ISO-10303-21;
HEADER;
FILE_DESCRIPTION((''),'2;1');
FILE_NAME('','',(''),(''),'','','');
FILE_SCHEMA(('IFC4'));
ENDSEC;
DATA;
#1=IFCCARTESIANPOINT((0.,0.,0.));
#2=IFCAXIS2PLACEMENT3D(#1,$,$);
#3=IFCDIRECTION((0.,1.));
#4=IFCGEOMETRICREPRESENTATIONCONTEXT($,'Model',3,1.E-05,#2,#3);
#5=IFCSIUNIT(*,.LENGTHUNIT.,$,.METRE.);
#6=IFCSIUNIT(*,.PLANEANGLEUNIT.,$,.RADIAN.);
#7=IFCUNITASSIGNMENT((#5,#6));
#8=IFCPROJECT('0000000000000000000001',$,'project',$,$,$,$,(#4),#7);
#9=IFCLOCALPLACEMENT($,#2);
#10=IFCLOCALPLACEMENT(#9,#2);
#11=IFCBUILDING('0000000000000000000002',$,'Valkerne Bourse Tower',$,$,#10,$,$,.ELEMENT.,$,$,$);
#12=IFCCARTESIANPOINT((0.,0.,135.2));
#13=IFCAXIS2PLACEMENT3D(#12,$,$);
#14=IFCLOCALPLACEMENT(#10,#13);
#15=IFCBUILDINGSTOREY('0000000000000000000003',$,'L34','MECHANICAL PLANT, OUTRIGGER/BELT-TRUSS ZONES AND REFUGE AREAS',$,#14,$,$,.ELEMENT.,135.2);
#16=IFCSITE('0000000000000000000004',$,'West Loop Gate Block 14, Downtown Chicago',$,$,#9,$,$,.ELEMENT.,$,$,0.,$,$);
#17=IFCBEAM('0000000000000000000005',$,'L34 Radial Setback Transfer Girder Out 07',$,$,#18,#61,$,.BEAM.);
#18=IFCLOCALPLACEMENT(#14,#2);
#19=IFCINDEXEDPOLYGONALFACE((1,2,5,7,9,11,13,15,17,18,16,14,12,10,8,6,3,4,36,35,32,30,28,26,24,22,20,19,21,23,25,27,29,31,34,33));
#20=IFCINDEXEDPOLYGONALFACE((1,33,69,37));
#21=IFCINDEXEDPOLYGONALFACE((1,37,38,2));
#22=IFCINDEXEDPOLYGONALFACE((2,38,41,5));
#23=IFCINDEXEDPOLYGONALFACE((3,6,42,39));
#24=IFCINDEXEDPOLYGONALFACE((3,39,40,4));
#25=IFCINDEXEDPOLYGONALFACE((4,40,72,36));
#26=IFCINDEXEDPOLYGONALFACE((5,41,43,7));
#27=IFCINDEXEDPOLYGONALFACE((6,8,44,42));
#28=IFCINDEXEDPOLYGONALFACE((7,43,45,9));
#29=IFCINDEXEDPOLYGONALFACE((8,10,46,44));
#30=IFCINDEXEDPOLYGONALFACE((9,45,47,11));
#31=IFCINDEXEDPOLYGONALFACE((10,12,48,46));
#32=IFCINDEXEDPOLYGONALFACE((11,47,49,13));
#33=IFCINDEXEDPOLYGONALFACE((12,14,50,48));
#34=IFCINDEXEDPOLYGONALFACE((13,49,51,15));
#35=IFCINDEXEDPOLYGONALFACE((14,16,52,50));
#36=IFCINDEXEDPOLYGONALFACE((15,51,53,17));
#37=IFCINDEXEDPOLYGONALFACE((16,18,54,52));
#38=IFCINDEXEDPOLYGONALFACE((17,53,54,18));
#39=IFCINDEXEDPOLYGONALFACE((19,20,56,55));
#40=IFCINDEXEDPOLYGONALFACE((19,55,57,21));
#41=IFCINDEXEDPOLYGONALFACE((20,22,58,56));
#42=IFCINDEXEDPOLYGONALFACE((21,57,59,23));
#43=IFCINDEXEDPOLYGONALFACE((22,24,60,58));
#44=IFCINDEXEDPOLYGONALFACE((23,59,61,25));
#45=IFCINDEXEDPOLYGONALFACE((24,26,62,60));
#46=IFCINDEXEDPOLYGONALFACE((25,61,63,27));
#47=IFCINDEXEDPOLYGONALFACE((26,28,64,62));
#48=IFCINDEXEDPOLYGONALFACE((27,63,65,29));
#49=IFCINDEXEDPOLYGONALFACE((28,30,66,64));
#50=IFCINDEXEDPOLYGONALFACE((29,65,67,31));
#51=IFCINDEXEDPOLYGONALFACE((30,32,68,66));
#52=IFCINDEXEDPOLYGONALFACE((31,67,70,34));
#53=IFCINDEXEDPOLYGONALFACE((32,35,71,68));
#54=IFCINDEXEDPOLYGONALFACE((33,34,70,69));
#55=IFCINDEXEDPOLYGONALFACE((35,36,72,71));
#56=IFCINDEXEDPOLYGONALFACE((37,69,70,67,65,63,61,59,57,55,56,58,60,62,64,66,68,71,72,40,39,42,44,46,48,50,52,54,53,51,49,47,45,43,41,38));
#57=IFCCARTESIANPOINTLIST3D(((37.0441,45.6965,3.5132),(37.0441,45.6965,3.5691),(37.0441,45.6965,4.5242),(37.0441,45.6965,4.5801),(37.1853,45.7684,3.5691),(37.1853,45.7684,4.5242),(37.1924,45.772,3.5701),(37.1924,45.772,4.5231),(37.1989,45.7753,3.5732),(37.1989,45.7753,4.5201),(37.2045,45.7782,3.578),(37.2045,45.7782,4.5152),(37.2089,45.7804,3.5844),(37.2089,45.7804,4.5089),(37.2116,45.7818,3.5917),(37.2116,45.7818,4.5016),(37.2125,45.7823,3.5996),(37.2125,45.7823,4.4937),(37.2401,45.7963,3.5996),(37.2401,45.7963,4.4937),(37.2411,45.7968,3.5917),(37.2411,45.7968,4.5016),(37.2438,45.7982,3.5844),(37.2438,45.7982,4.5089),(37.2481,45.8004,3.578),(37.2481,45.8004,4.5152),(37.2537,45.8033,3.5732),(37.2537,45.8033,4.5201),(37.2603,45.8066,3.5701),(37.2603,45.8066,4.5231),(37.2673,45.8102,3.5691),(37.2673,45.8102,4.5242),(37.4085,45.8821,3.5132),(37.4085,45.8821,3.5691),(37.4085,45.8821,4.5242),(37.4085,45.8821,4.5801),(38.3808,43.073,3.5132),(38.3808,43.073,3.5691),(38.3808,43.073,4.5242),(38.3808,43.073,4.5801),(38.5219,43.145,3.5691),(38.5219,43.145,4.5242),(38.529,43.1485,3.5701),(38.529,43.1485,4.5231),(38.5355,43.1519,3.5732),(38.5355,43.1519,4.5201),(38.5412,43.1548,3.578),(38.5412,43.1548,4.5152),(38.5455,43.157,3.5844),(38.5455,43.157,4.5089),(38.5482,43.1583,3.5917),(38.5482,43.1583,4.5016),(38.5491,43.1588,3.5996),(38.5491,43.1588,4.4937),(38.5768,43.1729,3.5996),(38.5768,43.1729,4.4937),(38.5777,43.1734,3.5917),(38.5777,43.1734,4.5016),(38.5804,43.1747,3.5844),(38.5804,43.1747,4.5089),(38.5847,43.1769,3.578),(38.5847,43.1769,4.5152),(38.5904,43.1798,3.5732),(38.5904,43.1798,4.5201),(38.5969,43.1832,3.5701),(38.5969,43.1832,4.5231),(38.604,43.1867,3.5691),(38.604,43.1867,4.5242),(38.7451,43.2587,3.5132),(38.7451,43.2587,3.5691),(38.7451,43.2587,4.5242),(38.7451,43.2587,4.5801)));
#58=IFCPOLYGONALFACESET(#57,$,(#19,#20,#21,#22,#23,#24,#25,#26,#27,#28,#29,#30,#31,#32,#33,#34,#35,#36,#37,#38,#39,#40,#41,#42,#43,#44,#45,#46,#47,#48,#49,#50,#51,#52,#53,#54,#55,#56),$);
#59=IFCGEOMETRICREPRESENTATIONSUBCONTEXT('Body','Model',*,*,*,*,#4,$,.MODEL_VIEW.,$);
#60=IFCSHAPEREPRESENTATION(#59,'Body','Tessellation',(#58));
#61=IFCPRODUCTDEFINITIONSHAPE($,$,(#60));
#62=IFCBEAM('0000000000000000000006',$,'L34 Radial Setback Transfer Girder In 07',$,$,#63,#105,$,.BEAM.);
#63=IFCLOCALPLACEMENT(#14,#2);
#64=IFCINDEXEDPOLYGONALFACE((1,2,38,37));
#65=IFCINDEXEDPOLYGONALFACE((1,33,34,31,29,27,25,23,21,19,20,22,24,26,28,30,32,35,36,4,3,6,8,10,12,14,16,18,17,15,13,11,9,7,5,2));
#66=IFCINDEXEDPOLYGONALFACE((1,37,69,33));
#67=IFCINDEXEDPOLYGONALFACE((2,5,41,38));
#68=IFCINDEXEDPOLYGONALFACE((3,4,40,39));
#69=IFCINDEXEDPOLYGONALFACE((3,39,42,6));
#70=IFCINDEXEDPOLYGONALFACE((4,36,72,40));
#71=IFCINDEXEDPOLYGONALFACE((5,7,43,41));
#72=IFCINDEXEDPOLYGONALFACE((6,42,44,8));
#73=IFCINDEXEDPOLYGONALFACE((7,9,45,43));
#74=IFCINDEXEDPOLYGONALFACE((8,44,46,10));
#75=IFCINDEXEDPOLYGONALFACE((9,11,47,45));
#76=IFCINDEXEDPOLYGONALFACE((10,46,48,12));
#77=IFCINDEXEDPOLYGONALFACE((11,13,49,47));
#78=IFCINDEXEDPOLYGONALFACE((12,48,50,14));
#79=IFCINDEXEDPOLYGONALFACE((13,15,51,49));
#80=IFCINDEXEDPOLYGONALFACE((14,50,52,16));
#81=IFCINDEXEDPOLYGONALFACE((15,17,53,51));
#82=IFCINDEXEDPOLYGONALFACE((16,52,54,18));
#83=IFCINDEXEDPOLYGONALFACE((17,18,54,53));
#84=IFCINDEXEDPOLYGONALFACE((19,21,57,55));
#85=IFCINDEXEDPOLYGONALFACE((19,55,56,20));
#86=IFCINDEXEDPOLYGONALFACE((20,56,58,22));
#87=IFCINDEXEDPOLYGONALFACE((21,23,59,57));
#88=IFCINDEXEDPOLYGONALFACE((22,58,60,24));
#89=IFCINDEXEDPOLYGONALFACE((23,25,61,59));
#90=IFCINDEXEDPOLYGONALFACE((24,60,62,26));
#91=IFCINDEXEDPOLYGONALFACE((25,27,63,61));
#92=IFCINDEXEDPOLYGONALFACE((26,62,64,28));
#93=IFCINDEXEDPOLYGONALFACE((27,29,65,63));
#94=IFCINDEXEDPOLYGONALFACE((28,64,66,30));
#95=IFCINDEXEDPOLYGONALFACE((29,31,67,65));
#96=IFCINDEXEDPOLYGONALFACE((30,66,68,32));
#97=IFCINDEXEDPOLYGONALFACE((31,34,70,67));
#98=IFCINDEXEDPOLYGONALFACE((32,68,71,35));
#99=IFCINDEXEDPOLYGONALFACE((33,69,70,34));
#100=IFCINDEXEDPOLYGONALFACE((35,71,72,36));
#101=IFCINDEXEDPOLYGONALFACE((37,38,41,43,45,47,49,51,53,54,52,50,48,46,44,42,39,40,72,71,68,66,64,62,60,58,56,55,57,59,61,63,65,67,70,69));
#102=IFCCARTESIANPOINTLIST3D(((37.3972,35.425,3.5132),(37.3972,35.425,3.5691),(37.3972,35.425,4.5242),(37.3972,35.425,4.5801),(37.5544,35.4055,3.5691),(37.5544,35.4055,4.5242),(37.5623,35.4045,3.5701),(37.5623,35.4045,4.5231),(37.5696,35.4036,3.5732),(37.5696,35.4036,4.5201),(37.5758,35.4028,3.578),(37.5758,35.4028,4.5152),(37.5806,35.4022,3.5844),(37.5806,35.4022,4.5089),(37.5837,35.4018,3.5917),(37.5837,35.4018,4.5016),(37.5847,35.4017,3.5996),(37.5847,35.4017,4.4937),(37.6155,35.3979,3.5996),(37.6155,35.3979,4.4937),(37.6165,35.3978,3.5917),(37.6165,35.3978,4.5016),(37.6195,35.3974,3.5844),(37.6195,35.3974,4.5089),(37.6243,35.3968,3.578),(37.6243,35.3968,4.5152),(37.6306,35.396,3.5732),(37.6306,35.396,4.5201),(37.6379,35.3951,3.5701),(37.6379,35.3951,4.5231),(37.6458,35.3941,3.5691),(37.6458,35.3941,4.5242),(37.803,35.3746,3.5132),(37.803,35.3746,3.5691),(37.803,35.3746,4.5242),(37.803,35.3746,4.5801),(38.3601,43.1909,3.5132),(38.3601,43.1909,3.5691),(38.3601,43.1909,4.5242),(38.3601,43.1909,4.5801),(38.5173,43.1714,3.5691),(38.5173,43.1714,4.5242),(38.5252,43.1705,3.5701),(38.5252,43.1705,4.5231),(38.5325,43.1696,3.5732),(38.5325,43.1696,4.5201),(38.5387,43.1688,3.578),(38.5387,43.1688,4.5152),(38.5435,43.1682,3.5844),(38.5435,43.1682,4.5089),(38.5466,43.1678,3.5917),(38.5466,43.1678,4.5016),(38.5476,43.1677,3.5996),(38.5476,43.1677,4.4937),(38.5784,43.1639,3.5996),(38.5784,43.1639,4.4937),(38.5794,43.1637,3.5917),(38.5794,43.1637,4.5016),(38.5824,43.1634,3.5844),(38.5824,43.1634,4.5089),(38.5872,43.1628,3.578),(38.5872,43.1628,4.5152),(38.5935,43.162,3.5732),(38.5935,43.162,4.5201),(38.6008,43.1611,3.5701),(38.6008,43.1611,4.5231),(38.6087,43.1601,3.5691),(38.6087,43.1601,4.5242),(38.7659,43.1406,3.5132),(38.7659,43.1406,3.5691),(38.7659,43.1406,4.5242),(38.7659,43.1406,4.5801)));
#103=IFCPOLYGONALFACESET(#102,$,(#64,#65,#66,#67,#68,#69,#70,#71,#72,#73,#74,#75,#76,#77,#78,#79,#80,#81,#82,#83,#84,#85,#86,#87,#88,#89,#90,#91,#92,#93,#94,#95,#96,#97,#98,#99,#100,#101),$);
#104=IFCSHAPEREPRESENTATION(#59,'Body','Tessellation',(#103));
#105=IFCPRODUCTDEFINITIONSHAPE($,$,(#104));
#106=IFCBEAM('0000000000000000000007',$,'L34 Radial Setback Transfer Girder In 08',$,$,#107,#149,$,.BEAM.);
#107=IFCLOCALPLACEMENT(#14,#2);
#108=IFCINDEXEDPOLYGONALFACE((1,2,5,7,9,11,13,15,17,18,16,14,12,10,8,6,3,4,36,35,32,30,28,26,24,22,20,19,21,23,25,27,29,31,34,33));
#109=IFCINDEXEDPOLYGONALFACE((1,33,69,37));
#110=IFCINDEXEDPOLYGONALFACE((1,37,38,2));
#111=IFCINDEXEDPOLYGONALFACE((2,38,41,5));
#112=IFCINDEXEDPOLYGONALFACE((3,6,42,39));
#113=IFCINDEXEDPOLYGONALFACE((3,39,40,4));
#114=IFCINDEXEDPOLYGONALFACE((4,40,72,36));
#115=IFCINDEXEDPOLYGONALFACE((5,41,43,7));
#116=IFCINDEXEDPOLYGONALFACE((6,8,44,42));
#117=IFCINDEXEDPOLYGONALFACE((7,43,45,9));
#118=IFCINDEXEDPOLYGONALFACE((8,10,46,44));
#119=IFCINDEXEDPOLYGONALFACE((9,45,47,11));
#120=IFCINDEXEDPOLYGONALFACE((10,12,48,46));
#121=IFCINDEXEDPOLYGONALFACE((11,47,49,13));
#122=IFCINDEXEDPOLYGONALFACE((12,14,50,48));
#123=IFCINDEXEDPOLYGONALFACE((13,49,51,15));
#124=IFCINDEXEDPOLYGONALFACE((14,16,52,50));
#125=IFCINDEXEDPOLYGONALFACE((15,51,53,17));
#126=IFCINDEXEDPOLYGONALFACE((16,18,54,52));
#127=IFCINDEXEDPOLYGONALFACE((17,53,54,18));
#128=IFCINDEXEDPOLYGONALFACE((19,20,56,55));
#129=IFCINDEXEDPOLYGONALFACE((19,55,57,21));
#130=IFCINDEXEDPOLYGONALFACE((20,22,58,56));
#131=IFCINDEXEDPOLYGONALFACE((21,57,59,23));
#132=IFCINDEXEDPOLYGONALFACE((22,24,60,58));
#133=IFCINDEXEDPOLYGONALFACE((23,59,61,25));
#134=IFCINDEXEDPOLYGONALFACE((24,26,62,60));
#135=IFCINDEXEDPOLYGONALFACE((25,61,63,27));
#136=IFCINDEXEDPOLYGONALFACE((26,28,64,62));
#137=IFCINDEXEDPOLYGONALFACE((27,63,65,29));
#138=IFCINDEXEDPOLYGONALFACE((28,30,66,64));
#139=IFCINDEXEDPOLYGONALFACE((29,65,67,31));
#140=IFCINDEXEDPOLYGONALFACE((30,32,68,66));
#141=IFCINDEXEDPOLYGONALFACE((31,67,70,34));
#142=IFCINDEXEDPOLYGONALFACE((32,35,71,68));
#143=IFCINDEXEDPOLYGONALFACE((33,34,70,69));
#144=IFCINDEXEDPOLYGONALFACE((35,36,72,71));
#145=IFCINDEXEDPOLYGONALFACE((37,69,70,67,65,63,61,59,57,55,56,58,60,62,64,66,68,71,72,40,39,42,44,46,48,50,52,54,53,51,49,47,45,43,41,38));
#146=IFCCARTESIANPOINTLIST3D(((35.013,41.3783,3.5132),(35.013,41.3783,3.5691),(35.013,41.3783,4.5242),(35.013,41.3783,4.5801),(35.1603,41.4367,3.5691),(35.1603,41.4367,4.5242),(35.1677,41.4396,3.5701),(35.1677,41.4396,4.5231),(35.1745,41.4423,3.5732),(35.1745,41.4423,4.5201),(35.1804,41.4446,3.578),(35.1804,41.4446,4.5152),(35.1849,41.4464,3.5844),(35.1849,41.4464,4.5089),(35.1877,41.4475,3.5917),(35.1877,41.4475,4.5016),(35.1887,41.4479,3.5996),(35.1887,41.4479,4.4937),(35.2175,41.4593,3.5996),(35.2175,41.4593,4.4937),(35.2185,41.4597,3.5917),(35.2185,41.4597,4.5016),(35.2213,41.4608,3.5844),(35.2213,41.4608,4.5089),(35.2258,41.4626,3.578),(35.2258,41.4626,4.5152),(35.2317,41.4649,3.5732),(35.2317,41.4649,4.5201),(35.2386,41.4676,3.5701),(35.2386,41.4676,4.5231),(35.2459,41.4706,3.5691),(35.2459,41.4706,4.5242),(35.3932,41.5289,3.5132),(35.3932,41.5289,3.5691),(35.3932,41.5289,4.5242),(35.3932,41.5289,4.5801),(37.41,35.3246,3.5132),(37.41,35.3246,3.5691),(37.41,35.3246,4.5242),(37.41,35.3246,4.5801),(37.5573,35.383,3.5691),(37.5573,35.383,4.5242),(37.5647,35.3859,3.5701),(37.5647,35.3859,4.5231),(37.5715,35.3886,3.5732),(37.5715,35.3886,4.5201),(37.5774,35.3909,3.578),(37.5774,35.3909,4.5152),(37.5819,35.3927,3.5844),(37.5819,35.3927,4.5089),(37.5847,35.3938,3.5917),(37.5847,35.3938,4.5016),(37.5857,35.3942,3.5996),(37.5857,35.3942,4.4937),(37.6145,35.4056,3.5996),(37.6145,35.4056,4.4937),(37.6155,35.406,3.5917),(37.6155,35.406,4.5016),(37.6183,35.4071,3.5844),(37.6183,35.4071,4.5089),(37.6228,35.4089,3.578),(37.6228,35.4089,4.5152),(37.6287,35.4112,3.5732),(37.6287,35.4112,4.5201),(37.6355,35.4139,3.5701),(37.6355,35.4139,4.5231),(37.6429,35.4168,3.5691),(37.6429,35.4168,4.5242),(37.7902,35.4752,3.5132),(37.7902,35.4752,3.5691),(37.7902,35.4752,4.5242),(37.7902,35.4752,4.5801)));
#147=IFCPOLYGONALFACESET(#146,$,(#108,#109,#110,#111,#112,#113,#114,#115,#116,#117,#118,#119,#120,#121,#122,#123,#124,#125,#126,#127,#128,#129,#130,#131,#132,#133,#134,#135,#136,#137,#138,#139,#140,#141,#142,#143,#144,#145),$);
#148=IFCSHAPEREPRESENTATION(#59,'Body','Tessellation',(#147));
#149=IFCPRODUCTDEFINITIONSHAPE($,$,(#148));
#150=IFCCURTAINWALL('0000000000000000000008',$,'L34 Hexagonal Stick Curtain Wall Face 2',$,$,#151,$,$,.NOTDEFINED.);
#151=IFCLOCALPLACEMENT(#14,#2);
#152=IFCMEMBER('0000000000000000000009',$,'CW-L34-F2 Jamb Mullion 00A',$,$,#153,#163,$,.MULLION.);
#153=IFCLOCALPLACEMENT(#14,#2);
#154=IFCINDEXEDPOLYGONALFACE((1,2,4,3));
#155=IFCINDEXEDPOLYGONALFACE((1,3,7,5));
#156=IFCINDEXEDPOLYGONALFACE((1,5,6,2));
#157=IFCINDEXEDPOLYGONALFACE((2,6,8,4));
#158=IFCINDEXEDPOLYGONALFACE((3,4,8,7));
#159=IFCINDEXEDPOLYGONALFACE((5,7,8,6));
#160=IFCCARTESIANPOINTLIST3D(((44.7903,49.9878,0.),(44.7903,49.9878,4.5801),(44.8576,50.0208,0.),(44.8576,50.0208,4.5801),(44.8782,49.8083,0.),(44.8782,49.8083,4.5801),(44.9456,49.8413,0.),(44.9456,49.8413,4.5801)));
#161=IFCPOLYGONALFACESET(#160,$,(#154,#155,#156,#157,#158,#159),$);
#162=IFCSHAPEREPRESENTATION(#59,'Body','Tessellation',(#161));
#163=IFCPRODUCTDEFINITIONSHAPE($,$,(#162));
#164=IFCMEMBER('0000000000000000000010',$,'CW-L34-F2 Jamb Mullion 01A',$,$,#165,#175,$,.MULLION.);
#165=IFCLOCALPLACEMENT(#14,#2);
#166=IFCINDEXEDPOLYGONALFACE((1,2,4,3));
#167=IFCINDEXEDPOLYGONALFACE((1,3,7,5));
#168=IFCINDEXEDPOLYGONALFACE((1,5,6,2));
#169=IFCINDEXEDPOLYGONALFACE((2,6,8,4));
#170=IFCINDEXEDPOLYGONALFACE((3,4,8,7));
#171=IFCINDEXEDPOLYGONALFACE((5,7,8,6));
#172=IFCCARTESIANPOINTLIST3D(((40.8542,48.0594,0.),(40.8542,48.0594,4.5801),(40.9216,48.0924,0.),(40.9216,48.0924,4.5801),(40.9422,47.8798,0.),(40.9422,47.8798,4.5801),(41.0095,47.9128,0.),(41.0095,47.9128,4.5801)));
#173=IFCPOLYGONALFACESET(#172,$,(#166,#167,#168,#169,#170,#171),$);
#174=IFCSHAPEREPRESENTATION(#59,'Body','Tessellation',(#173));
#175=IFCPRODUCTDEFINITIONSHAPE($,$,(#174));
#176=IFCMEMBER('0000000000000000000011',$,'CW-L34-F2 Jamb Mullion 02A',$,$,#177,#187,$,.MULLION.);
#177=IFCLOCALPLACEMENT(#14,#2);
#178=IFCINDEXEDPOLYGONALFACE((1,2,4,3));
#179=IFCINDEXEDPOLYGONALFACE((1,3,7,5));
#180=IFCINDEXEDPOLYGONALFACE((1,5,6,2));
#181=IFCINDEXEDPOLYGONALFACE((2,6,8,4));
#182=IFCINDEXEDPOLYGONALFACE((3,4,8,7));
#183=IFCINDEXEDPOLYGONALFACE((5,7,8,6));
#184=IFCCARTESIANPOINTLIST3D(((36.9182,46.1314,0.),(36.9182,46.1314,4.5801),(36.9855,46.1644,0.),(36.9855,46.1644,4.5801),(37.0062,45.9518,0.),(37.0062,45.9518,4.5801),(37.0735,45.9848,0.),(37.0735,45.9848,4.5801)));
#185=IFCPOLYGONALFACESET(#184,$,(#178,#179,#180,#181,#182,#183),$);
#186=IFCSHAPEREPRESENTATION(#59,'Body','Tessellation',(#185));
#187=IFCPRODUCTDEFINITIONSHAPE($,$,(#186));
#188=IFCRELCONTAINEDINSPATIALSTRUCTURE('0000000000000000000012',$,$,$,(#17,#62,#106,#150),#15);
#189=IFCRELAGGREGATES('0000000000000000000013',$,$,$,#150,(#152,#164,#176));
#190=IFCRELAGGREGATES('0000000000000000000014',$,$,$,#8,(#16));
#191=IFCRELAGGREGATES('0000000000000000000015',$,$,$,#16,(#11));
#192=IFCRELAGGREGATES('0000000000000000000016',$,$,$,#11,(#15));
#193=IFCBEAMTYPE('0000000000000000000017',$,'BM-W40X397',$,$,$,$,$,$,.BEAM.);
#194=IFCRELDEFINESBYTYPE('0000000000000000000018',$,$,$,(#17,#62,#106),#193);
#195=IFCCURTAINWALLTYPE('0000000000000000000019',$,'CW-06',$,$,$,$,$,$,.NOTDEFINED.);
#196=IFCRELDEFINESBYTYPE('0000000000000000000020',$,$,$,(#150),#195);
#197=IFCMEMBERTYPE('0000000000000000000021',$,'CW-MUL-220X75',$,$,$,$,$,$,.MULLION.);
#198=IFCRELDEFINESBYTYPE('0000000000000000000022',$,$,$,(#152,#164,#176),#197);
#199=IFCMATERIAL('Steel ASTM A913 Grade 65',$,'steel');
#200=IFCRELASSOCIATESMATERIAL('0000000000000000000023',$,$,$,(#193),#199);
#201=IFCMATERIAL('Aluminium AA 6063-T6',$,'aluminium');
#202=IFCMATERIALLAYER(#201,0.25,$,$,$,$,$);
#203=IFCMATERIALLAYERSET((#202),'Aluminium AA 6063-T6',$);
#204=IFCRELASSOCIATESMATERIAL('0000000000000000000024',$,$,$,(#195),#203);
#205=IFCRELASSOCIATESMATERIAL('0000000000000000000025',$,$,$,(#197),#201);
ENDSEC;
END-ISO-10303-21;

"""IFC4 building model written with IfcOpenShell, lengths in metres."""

from ifc_helpers import new_model, si_unit, direction, frame, origin, origin_2d, place, context, subcontext, project, spatial, rectangle, i_section, extrude, material, layer, layer_set, material_profile, profile_set, type_object, element, aggregate, save


model = new_model("IFC4")

# Units and contexts
model_context = context("Model", 3, precision=1e-05, world=origin(), true_north=direction((0.0, 1.0)))
body_context = subcontext(model_context, "Body", "Model", "MODEL_VIEW")
ifc_project = project(units=[si_unit("LENGTHUNIT", "METRE"), si_unit("PLANEANGLEUNIT", "RADIAN")], contexts=[model_context])

# Site, building, storey
site_placement = place(None, origin())
site = spatial("IfcSite", under=ifc_project, at=site_placement, Name="West Loop Gate Block 14, Downtown Chicago", CompositionType="ELEMENT", RefElevation=0.0)
building_placement = place(site_placement, origin())
building = spatial("IfcBuilding", under=site, at=building_placement, Name="Valkerne Bourse Tower", CompositionType="ELEMENT")
storey_placement = place(building_placement, frame((0.0, 0.0, 135.2)))
storey = spatial("IfcBuildingStorey", under=building, at=storey_placement, Name="L34", Description="MECHANICAL PLANT, OUTRIGGER/BELT-TRUSS ZONES AND REFUGE AREAS", CompositionType="ELEMENT", Elevation=135.2)

# Shared definitions
ifc_material_1 = material(Name="Steel ASTM A913 Grade 65", Category="steel")

# Beams
ifc_material_profile_1 = material_profile(ifc_material_1, i_section(OverallWidth=0.4089, OverallDepth=1.0669, WebThickness=0.031, FlangeThickness=0.0559, FilletRadius=0.0305, at=origin_2d()), Name="W40X397")
ifc_profile_set_1 = profile_set([ifc_material_profile_1], Name="Steel ASTM A913 Grade 65")
beam_type_1 = type_object("IfcBeamType", Name="BM-W40X397", PredefinedType="BEAM", material=ifc_profile_set_1)
beam_1_placement = place(storey_placement, frame((37.2263, 45.7893, 4.0466), z_axis=(0.453967, -0.891019, 0.0), x_axis=(0.891019, 0.453967, 0.0)))
element("IfcBeam", 1, at=beam_1_placement, inside=storey, type_object=beam_type_1, Name="L34 Radial Setback Transfer Girder Out 07", PredefinedType="BEAM", context=body_context, shape_type="SweptSolid", body=[
    extrude(i_section(OverallWidth=0.4089, OverallDepth=1.0669, WebThickness=0.031, FlangeThickness=0.0559, FilletRadius=0.0305, at=origin_2d()), origin(), (0.0, 0.0, 1.0), 2.9443),
])
beam_2_placement = place(storey_placement, frame((38.563, 43.1658, 4.0466), z_axis=(-0.123048, -0.992401, 0.0), x_axis=(0.992401, -0.123048, 0.0)))
element("IfcBeam", 2, at=beam_2_placement, inside=storey, type_object=beam_type_1, Name="L34 Radial Setback Transfer Girder In 07", PredefinedType="BEAM", context=body_context, shape_type="SweptSolid", body=[
    extrude(i_section(OverallWidth=0.4089, OverallDepth=1.0669, WebThickness=0.031, FlangeThickness=0.0559, FilletRadius=0.0305, at=origin_2d()), origin(), (0.0, 0.0, 1.0), 7.8254),
])
beam_3_placement = place(storey_placement, frame((35.2031, 41.4536, 4.0466), z_axis=(0.368143, -0.929769, 0.0), x_axis=(0.929769, 0.368143, 0.0)))
element("IfcBeam", 3, at=beam_3_placement, inside=storey, type_object=beam_type_1, Name="L34 Radial Setback Transfer Girder In 08", PredefinedType="BEAM", context=body_context, shape_type="SweptSolid", body=[
    extrude(i_section(OverallWidth=0.4089, OverallDepth=1.0669, WebThickness=0.031, FlangeThickness=0.0559, FilletRadius=0.0305, at=origin_2d()), origin(), (0.0, 0.0, 1.0), 6.511),
])

# Curtain wall, members
ifc_material_2 = material(Name="Aluminium AA 6063-T6", Category="aluminium")
ifc_layer_1 = layer(ifc_material_2, 0.25)
ifc_layer_set_1 = layer_set([ifc_layer_1], Name="Aluminium AA 6063-T6")
curtain_wall_type = type_object("IfcCurtainWallType", Name="CW-06", PredefinedType="NOTDEFINED", material=ifc_layer_set_1)
curtain_wall_placement = place(storey_placement, origin())
curtain_wall = element("IfcCurtainWall", 4, at=curtain_wall_placement, inside=storey, type_object=curtain_wall_type, Name="L34 Hexagonal Stick Curtain Wall Face 2", PredefinedType="NOTDEFINED")
ifc_material_profile_2 = material_profile(ifc_material_2, rectangle(XDim=0.075, YDim=0.2, at=origin_2d()), Name="CWM-75X200")
ifc_profile_set_2 = profile_set([ifc_material_profile_2], Name="Aluminium AA 6063-T6")
member_type_1 = type_object("IfcMemberType", Name="CW-MUL-220X75", PredefinedType="MULLION", material=ifc_profile_set_2)
member_1_placement = place(storey_placement, frame((44.8679, 49.9146, 0.0), z_axis=(0.0, 0.0, 1.0), x_axis=(-0.898025, -0.439944, 0.0)))
member_1 = element("IfcMember", 5, at=member_1_placement, type_object=member_type_1, Name="CW-L34-F2 Jamb Mullion 00A", PredefinedType="MULLION", context=body_context, shape_type="SweptSolid", body=[
    extrude(rectangle(XDim=0.075, YDim=0.2, at=origin_2d()), origin(), (0.0, 0.0, 1.0), 4.5801),
])
member_2_placement = place(storey_placement, frame((40.9319, 47.9861, 0.0), z_axis=(0.0, 0.0, 1.0), x_axis=(-0.89803, -0.439934, 0.0)))
member_2 = element("IfcMember", 6, at=member_2_placement, type_object=member_type_1, Name="CW-L34-F2 Jamb Mullion 01A", PredefinedType="MULLION", context=body_context, shape_type="SweptSolid", body=[
    extrude(rectangle(XDim=0.075, YDim=0.2, at=origin_2d()), origin(), (0.0, 0.0, 1.0), 4.5801),
])
member_3_placement = place(storey_placement, frame((36.9958, 46.0581, 0.0), z_axis=(0.0, 0.0, 1.0), x_axis=(-0.898025, -0.439944, 0.0)))
member_3 = element("IfcMember", 7, at=member_3_placement, type_object=member_type_1, Name="CW-L34-F2 Jamb Mullion 02A", PredefinedType="MULLION", context=body_context, shape_type="SweptSolid", body=[
    extrude(rectangle(XDim=0.075, YDim=0.2, at=origin_2d()), origin(), (0.0, 0.0, 1.0), 4.5801),
])

aggregate(curtain_wall, [member_1, member_2, member_3])

save(model, "model.ifc")
